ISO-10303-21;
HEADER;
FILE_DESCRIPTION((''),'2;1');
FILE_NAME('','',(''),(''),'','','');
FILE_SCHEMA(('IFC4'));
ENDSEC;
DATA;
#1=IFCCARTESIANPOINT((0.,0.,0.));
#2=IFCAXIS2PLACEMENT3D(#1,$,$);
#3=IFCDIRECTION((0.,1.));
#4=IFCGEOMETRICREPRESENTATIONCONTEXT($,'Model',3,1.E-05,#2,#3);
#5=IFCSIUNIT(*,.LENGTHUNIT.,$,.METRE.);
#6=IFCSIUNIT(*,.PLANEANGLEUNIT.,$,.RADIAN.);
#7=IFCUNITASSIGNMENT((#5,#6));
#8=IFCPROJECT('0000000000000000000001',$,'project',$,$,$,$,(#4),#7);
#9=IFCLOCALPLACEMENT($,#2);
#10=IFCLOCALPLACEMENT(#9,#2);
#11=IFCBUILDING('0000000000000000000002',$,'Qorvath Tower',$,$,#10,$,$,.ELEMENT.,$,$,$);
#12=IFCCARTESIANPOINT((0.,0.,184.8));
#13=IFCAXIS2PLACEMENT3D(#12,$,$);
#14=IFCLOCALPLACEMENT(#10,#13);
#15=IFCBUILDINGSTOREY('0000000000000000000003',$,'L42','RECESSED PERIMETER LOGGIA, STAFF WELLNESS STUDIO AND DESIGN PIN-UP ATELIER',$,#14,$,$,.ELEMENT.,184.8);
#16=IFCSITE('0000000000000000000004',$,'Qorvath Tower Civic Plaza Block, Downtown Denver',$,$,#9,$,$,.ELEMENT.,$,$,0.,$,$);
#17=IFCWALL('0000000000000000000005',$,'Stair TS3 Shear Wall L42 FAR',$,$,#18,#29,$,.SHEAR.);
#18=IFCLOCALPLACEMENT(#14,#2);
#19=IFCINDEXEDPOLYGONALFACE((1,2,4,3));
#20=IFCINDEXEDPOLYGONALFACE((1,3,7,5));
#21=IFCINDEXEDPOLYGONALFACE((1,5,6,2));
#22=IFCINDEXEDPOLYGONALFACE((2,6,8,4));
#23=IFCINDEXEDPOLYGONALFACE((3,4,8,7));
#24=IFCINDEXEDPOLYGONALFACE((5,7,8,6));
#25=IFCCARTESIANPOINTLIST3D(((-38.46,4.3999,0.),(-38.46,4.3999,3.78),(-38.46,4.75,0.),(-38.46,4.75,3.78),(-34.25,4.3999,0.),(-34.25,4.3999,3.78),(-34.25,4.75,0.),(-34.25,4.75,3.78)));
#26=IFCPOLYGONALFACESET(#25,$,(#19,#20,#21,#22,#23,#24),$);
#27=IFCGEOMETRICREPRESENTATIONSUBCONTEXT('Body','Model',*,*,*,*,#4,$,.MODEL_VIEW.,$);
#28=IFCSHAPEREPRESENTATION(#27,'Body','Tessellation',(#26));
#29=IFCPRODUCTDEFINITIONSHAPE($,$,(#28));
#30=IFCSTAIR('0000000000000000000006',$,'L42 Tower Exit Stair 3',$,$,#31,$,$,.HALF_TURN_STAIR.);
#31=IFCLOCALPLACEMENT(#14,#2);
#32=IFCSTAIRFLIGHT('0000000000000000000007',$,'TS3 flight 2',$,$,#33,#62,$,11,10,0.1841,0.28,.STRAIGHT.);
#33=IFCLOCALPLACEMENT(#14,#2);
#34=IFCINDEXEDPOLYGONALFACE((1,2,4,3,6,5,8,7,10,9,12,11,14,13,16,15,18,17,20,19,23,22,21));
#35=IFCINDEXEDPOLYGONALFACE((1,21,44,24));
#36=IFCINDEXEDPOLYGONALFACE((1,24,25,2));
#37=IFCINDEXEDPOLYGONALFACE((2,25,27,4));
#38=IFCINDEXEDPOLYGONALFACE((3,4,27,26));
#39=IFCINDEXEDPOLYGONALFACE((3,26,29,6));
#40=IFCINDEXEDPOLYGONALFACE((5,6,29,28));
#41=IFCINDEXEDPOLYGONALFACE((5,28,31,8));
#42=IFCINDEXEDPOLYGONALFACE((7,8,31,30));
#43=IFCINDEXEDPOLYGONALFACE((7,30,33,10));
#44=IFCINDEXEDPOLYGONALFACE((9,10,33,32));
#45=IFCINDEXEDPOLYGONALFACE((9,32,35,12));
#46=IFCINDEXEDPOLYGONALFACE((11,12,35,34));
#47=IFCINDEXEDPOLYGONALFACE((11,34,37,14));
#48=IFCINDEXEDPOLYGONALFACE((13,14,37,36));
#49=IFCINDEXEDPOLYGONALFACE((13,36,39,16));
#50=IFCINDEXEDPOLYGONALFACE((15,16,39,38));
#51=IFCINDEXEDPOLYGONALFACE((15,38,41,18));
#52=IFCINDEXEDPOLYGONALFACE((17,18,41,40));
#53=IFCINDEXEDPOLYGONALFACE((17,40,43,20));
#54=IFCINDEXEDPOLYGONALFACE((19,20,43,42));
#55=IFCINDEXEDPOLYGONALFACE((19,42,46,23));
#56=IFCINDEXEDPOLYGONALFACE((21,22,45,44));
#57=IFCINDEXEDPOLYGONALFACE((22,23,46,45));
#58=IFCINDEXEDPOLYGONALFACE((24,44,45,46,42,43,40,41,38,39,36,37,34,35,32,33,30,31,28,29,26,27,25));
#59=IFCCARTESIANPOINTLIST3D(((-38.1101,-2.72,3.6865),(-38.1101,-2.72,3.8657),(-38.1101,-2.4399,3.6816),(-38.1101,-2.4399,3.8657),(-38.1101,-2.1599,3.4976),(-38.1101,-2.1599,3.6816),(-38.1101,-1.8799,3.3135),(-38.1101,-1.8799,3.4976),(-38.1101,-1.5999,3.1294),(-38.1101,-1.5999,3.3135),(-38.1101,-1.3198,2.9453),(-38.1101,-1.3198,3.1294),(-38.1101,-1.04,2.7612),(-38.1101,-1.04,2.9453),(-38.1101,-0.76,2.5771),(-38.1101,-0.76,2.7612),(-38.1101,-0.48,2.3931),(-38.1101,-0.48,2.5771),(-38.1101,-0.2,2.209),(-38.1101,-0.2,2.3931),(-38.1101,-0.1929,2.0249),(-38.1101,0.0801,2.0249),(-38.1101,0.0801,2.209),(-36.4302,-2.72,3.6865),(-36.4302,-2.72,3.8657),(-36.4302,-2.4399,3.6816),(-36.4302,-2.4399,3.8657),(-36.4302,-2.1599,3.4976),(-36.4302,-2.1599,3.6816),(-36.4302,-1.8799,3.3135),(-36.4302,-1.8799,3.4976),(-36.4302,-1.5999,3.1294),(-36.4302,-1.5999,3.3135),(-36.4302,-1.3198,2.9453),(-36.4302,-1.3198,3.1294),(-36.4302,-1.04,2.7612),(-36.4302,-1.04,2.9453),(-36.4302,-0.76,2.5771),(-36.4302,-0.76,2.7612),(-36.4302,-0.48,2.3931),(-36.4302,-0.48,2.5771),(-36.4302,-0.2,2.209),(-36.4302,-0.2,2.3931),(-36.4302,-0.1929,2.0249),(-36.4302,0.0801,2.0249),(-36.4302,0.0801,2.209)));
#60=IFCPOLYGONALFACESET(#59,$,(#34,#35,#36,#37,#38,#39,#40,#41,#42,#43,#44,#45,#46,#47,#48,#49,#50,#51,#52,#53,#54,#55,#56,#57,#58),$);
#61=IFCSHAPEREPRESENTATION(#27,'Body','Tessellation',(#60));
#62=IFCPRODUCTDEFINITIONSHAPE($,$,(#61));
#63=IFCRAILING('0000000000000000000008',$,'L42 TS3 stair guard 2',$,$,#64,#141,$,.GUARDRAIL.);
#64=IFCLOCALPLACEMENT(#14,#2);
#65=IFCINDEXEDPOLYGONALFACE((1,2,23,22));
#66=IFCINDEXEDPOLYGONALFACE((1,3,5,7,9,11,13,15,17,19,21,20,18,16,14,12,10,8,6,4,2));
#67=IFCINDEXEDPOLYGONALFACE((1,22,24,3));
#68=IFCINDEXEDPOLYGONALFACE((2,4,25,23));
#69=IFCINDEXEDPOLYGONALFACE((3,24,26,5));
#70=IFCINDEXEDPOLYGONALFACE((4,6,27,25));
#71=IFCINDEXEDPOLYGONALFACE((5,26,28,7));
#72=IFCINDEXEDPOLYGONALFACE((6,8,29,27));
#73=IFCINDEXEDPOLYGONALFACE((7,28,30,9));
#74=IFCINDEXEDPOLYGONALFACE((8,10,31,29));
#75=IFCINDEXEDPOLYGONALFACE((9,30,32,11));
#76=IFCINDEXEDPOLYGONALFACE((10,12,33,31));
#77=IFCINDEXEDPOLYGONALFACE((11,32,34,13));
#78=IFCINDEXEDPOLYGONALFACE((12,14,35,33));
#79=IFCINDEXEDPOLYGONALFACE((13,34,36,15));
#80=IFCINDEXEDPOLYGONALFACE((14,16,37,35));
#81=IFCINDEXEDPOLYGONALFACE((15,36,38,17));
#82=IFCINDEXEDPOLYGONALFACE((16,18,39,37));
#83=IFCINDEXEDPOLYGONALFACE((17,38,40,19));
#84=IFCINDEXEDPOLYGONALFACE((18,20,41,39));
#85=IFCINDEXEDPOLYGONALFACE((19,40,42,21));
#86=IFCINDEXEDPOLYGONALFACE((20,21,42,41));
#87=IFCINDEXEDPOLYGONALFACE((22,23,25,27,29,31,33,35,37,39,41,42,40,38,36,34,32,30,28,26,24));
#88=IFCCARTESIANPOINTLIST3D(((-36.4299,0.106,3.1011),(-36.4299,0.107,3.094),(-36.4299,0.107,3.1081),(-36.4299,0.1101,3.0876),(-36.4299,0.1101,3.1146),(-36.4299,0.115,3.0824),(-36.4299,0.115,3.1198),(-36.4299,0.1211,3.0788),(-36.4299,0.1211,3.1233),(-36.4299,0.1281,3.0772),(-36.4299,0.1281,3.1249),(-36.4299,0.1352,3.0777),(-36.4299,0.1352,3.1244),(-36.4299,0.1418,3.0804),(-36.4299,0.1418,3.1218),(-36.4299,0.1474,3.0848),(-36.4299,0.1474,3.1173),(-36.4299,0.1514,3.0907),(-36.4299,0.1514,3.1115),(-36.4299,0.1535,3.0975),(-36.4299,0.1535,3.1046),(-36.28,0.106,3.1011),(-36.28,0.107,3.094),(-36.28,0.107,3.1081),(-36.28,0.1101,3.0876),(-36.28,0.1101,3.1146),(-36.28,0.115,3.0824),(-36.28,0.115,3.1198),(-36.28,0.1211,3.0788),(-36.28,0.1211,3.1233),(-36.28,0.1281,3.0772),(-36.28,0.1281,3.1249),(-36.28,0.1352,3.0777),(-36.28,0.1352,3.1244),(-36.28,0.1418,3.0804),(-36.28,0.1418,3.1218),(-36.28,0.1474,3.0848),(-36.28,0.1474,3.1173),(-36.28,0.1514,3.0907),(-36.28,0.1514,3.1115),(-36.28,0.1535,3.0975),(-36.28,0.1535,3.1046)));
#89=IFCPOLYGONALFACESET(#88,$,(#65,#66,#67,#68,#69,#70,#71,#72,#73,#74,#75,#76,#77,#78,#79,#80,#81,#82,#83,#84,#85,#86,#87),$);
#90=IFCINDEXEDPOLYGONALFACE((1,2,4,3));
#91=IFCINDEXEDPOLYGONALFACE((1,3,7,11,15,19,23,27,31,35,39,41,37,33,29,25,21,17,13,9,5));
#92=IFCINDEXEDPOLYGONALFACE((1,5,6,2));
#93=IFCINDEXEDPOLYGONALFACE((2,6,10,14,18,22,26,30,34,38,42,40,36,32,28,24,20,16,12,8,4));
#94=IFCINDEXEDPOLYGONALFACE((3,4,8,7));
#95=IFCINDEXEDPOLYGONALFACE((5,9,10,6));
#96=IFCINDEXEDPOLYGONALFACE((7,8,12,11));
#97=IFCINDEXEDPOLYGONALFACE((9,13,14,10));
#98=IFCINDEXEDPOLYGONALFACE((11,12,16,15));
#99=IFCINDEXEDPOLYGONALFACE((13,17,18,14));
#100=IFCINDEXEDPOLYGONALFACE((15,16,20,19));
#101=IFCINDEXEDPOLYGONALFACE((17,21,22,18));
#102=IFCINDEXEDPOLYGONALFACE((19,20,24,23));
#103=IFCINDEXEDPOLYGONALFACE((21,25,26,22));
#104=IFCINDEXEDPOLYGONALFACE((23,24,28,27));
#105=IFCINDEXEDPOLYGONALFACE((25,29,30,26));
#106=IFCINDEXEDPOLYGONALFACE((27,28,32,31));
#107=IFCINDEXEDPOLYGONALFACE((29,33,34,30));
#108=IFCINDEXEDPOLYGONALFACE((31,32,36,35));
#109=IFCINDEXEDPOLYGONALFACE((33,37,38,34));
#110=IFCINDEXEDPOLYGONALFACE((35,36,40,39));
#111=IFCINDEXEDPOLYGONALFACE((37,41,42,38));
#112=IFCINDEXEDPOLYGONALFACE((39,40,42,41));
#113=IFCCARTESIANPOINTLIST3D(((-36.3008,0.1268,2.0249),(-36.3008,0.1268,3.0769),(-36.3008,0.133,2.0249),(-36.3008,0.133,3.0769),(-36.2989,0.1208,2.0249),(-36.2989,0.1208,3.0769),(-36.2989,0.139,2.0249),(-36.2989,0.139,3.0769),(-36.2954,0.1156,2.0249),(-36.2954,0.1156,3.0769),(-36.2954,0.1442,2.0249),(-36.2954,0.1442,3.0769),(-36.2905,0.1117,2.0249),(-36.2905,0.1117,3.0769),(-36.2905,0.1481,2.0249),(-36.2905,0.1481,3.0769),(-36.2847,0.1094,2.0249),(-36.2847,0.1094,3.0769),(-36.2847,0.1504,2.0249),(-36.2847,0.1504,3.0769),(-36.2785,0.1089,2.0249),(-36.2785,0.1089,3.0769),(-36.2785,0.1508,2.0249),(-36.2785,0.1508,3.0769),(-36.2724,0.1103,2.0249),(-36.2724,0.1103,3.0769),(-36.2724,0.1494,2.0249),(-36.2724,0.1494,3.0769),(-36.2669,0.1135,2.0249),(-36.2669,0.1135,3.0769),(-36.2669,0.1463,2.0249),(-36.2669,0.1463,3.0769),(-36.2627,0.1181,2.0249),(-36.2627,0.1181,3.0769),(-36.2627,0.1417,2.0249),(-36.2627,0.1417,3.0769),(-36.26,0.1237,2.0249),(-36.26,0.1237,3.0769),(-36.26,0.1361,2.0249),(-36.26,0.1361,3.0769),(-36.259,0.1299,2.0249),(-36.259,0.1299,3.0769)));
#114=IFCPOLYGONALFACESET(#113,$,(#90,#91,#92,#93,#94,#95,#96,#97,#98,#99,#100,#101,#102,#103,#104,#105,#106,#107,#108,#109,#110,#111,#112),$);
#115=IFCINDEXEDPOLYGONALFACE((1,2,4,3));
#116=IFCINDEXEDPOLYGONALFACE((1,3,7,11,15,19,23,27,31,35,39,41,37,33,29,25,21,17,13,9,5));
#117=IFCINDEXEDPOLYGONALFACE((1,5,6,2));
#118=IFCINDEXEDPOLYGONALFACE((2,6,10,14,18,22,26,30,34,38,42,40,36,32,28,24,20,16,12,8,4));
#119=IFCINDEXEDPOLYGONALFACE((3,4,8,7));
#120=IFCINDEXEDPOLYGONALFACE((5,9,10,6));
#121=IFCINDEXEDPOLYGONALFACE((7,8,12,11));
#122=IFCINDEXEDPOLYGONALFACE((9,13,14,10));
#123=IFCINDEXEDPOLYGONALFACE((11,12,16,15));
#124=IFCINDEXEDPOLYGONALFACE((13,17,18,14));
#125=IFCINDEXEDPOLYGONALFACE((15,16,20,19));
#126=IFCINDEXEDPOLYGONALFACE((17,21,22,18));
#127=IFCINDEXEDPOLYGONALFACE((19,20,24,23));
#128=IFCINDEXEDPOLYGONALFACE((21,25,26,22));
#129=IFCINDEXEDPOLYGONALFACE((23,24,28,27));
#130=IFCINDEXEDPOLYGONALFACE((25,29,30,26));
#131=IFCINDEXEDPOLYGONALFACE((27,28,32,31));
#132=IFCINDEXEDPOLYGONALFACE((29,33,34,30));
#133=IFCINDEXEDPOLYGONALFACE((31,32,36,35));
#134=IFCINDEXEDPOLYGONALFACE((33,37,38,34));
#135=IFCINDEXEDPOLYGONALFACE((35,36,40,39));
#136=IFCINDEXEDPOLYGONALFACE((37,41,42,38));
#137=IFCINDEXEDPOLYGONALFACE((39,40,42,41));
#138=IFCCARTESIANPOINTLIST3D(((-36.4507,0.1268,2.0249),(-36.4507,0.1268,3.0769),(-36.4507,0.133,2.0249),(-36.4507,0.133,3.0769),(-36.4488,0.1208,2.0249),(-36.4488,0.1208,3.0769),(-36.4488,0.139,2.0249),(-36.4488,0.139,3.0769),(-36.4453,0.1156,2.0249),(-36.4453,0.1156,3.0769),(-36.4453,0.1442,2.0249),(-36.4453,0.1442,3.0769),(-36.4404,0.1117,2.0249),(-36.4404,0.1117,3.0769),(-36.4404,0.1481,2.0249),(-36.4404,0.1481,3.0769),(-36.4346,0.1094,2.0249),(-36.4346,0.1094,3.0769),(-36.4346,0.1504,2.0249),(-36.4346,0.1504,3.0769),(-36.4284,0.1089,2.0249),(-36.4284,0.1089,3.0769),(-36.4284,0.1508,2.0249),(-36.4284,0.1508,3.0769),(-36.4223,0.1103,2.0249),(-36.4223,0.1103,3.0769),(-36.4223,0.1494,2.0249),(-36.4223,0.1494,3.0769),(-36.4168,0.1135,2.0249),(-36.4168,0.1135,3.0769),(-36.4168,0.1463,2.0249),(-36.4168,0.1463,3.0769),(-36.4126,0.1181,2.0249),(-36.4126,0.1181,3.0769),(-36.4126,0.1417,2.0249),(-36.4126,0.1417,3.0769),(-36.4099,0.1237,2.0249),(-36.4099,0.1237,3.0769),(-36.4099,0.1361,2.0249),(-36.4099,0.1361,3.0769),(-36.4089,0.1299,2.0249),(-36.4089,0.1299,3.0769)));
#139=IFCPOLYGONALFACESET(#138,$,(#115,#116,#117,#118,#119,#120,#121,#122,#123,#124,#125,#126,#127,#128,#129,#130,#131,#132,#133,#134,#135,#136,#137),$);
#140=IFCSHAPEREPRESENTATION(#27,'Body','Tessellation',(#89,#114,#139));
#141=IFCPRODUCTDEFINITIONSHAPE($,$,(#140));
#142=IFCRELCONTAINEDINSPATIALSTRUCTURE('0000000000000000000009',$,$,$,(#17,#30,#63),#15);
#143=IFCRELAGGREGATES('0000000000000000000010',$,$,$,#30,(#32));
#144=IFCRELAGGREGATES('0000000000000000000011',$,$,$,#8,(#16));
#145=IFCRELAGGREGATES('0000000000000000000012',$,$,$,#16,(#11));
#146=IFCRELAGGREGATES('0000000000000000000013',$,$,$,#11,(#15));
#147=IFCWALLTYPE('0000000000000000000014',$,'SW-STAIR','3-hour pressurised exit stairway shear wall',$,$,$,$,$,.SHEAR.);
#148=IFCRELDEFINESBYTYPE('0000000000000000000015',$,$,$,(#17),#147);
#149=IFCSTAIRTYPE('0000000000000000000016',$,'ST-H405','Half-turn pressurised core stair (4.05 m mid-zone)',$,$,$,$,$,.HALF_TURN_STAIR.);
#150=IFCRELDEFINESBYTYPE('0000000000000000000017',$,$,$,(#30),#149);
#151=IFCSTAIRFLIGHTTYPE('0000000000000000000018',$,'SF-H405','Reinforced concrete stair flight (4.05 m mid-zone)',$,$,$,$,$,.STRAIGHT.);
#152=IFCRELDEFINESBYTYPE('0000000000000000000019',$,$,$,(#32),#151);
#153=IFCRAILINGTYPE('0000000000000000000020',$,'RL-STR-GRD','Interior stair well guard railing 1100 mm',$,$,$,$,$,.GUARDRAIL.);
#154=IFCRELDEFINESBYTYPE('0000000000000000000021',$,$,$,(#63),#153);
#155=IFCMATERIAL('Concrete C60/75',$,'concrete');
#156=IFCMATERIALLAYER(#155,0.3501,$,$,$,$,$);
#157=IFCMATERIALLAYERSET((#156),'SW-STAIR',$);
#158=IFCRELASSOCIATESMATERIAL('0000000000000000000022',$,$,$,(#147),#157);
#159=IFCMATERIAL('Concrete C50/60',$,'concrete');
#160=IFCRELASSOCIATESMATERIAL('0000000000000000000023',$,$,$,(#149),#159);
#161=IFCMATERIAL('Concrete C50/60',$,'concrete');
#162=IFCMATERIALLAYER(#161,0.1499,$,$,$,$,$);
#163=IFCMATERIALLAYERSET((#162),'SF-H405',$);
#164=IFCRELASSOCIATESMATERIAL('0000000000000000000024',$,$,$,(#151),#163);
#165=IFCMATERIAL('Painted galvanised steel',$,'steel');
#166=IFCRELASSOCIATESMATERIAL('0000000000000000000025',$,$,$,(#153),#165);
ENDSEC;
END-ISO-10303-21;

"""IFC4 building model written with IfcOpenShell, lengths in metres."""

from ifc_helpers import new_model, si_unit, direction, frame, frame_2d, origin, origin_2d, place, context, subcontext, project, spatial, polyline, rectangle, circle, outline, extrude, material, layer, layer_set, type_object, element, aggregate, save


model = new_model("IFC4")

# Units and contexts
model_context = context("Model", 3, precision=1e-05, world=origin(), true_north=direction((0.0, 1.0)))
body_context = subcontext(model_context, "Body", "Model", "MODEL_VIEW")
ifc_project = project(units=[si_unit("LENGTHUNIT", "METRE"), si_unit("PLANEANGLEUNIT", "RADIAN")], contexts=[model_context])

# Site, building, storey
site_placement = place(None, origin())
site = spatial("IfcSite", under=ifc_project, at=site_placement, Name="Qorvath Tower Civic Plaza Block, Downtown Denver", CompositionType="ELEMENT", RefElevation=0.0)
building_placement = place(site_placement, origin())
building = spatial("IfcBuilding", under=site, at=building_placement, Name="Qorvath Tower", CompositionType="ELEMENT")
storey_placement = place(building_placement, frame((0.0, 0.0, 184.8)))
storey = spatial("IfcBuildingStorey", under=building, at=storey_placement, Name="L42", Description="RECESSED PERIMETER LOGGIA, STAFF WELLNESS STUDIO AND DESIGN PIN-UP ATELIER", CompositionType="ELEMENT", Elevation=184.8)

# Wall
ifc_material_1 = material(Name="Concrete C60/75", Category="concrete")
ifc_layer_1 = layer(ifc_material_1, 0.3501)
ifc_layer_set_1 = layer_set([ifc_layer_1], Name="SW-STAIR")
wall_type_1 = type_object("IfcWallType", Name="SW-STAIR", Description="3-hour pressurised exit stairway shear wall", PredefinedType="SHEAR", material=ifc_layer_set_1)
wall_1_placement = place(storey_placement, frame((-34.25, 4.575, 0.0), z_axis=(0.0, 0.0, 1.0), x_axis=(-1.0, 0.0, 0.0)))
element("IfcWall", 1, at=wall_1_placement, inside=storey, type_object=wall_type_1, Name="Stair TS3 Shear Wall L42 FAR", PredefinedType="SHEAR", context=body_context, shape_type="SweptSolid", body=[
    extrude(rectangle(XDim=4.21, YDim=0.3501, at=frame_2d((2.105, 0.0))), origin(), (0.0, 0.0, 1.0), 3.78),
])

# Stair, stair flight
ifc_material_2 = material(Name="Concrete C50/60", Category="concrete")
stair_type = type_object("IfcStairType", Name="ST-H405", Description="Half-turn pressurised core stair (4.05 m mid-zone)", PredefinedType="HALF_TURN_STAIR", material=ifc_material_2)
stair_placement = place(storey_placement, origin())
stair = element("IfcStair", 2, at=stair_placement, inside=storey, type_object=stair_type, Name="L42 Tower Exit Stair 3", PredefinedType="HALF_TURN_STAIR")
ifc_material_3 = material(Name="Concrete C50/60", Category="concrete")
ifc_layer_2 = layer(ifc_material_3, 0.1499)
ifc_layer_set_2 = layer_set([ifc_layer_2], Name="SF-H405")
stair_flight_type = type_object("IfcStairFlightType", Name="SF-H405", Description="Reinforced concrete stair flight (4.05 m mid-zone)", PredefinedType="STRAIGHT", material=ifc_layer_set_2)
stair_flight_placement = place(storey_placement, frame((-37.27, 0.0801, 2.0249), z_axis=(0.0, 0.0, 1.0), x_axis=(0.0, -1.0, 0.0)))
stair_flight = element("IfcStairFlight", 3, at=stair_flight_placement, type_object=stair_flight_type, Name="TS3 flight 2", NumberOfRisers=11, NumberOfTreads=10, PredefinedType="STRAIGHT", RiserHeight=0.1841, TreadLength=0.28, context=body_context, shape_type="SweptSolid", body=[
    extrude(outline(polyline([(0.0, 0.0), (0.0, 0.1841), (0.28, 0.1841), (0.28, 0.3682), (0.5601, 0.3682), (0.5601, 0.5522), (0.8401, 0.5522), (0.8401, 0.7363), (1.1201, 0.7363), (1.1201, 0.9204), (1.3999, 0.9204), (1.3999, 1.1045), (1.6799, 1.1045), (1.6799, 1.2886), (1.96, 1.2886), (1.96, 1.4727), (2.24, 1.4727), (2.24, 1.6567), (2.52, 1.6567), (2.52, 1.8408), (2.8, 1.8408), (2.8, 2.0249), (2.8, 1.6616), (0.2729, 0.0), (0.0, 0.0)])), frame((0.0, 0.8398, 0.0), z_axis=(0.0, -1.0, 0.0), x_axis=(1.0, 0.0, 0.0)), (0.0, 0.0, 1.0), 1.6799),
])
aggregate(stair, [stair_flight])

# Railing
ifc_material_4 = material(Name="Painted galvanised steel", Category="steel")
railing_type = type_object("IfcRailingType", Name="RL-STR-GRD", Description="Interior stair well guard railing 1100 mm", PredefinedType="GUARDRAIL", material=ifc_material_4)
railing_1_placement = place(storey_placement, frame((-36.28, 0.1299, 2.0249)))
element("IfcRailing", 4, at=railing_1_placement, inside=storey, type_object=railing_type, Name="L42 TS3 stair guard 2", PredefinedType="GUARDRAIL", context=body_context, shape_type="SweptSolid", body=[
    extrude(circle(Radius=0.0239, at=origin_2d()), frame((0.0, 0.0, 1.0762), z_axis=(-1.0, 0.0, 0.0), x_axis=(0.0, -1.0, 0.0)), (0.0, 0.0, 1.0), 0.1499),
    extrude(circle(Radius=0.021, at=origin_2d()), origin(), (0.0, 0.0, 1.0), 1.052),
    extrude(circle(Radius=0.021, at=origin_2d()), frame((-0.1499, 0.0, 0.0)), (0.0, 0.0, 1.0), 1.052),
])

save(model, "model.ifc")
